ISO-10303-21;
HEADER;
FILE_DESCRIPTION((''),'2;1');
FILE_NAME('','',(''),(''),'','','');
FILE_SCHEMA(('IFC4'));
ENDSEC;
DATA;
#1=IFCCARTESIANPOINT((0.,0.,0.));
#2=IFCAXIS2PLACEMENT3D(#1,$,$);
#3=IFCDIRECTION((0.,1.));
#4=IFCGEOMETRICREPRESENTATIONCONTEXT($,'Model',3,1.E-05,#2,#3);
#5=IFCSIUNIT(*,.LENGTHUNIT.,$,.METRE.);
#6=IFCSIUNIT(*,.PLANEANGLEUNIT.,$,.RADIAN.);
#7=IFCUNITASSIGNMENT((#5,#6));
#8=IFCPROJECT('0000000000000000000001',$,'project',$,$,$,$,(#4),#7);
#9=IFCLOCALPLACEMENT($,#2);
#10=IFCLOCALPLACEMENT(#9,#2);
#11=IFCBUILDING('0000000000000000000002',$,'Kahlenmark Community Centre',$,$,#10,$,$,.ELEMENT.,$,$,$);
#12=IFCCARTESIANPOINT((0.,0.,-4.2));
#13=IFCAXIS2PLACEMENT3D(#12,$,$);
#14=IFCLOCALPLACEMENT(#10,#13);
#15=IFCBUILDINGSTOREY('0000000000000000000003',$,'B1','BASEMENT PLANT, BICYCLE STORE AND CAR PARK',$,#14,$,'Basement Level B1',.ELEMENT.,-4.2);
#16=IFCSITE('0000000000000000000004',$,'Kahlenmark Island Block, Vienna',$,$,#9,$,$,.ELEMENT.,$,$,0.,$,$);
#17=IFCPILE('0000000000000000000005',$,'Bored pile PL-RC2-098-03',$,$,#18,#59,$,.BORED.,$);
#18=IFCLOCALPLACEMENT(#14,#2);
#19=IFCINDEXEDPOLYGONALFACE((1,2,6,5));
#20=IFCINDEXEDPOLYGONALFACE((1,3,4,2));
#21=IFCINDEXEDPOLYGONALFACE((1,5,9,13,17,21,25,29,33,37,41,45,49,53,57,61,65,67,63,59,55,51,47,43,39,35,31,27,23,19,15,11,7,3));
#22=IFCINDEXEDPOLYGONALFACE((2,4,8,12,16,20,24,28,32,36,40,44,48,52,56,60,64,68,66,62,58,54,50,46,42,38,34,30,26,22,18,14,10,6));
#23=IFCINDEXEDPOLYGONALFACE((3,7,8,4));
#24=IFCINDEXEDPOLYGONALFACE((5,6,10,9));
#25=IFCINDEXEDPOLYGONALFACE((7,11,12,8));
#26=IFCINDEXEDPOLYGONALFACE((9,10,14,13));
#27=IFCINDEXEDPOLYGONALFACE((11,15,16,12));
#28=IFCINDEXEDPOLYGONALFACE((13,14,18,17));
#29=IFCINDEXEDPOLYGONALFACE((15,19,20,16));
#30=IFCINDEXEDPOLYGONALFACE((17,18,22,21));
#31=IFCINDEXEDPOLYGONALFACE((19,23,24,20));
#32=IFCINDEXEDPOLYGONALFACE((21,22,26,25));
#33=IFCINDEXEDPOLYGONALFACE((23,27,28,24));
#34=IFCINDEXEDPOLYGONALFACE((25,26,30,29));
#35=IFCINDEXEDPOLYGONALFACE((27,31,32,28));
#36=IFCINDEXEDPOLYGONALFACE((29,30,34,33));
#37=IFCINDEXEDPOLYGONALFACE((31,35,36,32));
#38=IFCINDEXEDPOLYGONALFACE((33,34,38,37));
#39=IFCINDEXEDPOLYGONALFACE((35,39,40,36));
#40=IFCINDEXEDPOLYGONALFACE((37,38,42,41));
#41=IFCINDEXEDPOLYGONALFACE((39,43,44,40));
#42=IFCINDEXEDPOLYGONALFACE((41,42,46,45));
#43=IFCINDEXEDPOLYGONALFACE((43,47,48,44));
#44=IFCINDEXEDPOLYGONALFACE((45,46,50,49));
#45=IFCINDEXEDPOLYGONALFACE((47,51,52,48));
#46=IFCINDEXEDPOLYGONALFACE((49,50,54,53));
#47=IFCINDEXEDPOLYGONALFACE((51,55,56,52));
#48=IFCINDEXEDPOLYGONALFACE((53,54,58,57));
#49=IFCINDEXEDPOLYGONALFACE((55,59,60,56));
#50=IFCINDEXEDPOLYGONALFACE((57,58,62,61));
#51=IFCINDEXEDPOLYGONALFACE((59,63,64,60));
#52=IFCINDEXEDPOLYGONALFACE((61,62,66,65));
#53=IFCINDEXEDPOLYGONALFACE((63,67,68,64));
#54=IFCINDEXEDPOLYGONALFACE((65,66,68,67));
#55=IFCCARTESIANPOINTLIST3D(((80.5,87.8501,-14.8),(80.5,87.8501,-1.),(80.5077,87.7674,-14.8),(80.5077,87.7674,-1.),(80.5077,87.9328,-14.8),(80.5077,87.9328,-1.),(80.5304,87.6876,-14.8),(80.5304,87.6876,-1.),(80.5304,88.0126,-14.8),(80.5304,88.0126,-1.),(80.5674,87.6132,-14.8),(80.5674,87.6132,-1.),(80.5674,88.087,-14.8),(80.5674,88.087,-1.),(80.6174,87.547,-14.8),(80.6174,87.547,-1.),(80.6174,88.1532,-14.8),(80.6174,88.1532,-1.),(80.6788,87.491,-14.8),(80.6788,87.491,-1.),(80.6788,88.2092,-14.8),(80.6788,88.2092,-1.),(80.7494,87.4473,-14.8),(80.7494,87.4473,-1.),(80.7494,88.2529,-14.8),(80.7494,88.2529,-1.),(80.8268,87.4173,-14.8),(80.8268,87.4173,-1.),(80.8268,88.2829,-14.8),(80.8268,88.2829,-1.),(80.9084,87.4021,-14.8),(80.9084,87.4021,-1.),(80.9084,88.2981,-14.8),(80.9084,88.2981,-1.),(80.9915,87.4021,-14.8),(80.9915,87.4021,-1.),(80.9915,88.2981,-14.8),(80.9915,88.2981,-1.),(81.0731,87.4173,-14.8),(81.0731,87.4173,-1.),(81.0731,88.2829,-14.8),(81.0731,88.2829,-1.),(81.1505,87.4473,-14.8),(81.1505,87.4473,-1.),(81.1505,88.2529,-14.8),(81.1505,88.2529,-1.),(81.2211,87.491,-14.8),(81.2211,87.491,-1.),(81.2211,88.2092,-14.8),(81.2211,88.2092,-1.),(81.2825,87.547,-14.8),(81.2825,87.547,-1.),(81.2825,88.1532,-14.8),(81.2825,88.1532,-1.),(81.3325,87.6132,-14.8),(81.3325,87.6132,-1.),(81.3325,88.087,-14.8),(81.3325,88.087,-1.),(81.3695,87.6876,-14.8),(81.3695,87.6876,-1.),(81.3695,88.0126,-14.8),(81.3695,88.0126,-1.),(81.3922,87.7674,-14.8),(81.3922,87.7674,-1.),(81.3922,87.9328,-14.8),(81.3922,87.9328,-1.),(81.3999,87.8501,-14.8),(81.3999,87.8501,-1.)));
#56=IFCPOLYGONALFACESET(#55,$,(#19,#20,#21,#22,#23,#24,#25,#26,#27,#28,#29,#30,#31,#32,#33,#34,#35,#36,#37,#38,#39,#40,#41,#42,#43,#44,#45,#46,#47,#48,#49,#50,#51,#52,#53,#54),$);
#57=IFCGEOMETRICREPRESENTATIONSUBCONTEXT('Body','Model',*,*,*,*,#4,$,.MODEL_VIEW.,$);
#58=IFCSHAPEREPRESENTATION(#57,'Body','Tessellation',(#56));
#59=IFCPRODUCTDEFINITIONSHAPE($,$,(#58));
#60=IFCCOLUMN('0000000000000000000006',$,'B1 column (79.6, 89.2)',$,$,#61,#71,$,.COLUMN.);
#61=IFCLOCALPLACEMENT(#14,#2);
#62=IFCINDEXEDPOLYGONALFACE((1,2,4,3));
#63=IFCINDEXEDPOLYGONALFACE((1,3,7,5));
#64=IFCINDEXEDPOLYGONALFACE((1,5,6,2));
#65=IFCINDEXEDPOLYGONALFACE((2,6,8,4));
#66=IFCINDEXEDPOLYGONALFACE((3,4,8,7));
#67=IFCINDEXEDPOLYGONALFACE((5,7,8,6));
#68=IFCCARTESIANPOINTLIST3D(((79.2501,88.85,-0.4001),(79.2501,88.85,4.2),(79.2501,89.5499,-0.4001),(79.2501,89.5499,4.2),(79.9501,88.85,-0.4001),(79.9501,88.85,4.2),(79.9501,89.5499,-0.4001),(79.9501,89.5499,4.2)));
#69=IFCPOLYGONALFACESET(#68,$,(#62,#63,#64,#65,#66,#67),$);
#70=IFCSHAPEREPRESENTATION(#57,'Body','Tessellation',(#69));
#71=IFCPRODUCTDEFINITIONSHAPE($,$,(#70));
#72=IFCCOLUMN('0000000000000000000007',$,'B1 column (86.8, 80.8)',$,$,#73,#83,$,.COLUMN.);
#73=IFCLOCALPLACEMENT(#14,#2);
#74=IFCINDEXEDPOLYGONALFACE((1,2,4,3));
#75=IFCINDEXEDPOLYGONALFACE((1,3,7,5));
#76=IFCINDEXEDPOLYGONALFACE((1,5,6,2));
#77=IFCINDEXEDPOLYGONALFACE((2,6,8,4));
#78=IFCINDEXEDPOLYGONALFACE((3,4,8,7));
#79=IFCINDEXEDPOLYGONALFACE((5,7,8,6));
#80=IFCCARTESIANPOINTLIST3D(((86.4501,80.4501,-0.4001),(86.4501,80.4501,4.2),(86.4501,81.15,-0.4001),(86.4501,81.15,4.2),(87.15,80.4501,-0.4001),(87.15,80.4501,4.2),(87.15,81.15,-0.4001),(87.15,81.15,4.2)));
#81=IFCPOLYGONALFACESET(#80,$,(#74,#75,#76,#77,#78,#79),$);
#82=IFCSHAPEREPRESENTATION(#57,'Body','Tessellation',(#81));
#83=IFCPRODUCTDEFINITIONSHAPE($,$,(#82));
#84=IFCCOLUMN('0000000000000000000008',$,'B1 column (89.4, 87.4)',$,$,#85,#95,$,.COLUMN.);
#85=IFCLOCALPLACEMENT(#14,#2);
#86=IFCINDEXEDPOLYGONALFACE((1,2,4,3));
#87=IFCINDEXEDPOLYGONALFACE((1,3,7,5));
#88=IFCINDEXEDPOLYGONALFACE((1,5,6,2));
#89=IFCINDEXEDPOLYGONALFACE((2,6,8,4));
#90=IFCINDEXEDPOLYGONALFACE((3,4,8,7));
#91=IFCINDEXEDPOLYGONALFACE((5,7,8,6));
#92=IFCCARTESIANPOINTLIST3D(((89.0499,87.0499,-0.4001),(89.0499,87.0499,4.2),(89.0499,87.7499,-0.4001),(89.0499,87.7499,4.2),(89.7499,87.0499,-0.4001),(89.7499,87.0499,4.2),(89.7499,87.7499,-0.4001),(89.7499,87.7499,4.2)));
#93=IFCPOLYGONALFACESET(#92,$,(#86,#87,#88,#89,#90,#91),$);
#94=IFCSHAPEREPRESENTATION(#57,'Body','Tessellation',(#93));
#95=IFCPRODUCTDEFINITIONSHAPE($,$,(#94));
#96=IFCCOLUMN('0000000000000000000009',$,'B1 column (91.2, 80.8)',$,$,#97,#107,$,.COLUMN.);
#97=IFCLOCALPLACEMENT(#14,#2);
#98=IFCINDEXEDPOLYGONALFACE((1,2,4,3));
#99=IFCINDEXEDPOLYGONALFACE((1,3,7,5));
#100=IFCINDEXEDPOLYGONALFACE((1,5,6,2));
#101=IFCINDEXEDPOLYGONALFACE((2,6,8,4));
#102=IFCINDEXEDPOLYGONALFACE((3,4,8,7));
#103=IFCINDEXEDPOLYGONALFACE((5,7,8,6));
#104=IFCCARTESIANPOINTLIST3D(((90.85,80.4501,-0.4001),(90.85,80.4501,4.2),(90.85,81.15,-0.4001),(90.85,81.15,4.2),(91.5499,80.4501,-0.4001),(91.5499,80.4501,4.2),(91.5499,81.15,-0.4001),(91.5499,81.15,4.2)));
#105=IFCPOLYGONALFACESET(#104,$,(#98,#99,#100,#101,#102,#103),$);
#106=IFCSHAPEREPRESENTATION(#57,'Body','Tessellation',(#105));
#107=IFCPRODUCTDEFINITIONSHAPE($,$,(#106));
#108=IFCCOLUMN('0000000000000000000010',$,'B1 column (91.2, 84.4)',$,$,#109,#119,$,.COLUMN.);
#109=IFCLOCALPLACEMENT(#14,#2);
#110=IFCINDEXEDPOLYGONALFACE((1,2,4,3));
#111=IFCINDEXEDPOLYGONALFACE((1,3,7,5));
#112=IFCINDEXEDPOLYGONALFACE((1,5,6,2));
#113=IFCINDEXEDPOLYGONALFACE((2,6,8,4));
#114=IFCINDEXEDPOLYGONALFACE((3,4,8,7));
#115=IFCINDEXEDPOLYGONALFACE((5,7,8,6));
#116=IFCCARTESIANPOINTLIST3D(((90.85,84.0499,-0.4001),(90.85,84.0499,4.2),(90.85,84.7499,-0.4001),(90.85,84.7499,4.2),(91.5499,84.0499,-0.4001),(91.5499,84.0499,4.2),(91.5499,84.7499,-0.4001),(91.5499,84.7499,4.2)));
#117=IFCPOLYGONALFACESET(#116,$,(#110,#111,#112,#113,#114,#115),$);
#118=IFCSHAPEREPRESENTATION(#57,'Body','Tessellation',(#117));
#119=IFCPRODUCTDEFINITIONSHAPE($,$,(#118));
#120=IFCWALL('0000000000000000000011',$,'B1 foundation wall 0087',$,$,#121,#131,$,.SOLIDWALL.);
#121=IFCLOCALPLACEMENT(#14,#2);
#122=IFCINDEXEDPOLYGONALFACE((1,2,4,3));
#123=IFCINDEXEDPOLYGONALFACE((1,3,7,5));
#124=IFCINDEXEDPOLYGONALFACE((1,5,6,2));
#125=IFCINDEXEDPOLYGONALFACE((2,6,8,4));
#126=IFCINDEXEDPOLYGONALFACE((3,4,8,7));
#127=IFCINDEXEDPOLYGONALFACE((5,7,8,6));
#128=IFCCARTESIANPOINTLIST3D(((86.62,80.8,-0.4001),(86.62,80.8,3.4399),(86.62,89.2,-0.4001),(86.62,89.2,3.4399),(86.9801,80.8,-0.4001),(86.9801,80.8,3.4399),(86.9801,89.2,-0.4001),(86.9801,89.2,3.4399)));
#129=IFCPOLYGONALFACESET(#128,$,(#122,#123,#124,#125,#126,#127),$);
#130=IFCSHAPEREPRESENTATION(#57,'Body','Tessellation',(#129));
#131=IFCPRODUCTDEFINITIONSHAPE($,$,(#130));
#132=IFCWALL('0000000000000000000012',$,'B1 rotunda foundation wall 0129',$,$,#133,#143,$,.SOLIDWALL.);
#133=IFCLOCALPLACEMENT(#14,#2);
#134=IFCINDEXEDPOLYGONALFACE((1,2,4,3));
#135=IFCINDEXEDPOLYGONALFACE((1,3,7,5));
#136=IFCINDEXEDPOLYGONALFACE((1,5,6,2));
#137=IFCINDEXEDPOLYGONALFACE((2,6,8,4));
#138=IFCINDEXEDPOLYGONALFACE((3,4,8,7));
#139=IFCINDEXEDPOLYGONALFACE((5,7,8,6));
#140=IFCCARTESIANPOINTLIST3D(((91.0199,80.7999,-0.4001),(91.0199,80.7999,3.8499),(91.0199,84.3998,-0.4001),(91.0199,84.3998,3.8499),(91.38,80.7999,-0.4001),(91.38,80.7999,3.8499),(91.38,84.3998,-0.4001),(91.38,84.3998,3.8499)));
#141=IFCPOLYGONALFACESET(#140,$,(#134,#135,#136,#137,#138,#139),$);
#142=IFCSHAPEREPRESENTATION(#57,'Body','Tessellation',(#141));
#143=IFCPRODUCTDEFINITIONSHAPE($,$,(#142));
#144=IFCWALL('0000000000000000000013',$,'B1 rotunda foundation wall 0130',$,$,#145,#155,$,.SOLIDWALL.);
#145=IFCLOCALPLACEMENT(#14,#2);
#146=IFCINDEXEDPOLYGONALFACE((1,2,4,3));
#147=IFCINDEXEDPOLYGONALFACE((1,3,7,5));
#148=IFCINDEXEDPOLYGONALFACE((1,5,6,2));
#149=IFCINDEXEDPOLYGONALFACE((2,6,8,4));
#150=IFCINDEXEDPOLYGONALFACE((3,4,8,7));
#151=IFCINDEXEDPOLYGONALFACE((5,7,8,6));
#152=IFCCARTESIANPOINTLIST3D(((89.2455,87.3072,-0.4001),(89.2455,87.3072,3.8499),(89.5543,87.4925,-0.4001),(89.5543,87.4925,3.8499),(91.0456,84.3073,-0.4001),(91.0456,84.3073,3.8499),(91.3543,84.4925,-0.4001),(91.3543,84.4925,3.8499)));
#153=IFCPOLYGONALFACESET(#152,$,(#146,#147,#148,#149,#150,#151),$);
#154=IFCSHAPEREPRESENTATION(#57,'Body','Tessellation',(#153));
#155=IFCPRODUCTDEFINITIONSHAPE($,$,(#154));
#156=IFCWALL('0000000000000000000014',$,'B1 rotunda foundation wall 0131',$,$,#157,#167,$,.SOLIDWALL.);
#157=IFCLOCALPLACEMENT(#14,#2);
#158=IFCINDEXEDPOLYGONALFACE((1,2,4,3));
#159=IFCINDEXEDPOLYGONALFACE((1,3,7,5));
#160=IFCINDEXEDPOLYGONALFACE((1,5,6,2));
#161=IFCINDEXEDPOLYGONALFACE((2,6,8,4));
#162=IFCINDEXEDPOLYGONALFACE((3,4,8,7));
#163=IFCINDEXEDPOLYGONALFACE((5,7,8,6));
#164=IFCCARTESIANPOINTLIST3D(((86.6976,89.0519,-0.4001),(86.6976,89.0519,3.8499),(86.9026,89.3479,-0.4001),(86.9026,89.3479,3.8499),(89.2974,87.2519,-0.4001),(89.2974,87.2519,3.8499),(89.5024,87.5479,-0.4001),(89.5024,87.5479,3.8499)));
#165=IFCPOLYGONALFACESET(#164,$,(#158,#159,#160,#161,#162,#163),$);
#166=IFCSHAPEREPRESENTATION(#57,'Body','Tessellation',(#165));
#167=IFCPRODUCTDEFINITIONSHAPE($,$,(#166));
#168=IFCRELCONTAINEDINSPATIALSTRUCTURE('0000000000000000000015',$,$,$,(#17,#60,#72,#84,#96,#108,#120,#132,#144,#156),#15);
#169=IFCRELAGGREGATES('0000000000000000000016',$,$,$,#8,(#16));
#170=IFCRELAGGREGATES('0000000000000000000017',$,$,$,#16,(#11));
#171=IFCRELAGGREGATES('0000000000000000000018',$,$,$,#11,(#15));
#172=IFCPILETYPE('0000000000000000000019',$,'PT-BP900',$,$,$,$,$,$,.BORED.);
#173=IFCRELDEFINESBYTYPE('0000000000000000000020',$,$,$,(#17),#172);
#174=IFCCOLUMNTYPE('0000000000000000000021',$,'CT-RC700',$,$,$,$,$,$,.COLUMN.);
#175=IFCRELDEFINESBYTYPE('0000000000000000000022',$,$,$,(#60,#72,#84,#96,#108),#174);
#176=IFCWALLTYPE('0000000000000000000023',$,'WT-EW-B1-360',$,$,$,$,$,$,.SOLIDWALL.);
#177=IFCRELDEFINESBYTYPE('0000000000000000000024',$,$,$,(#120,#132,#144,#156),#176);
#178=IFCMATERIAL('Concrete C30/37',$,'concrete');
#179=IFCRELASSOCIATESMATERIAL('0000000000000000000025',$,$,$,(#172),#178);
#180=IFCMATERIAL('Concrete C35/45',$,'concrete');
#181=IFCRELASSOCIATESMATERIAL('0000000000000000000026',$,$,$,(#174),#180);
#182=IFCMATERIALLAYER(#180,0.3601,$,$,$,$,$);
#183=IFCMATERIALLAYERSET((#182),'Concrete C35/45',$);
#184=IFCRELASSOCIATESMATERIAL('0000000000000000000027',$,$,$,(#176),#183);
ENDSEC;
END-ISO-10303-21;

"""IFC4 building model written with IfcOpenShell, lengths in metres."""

from ifc_helpers import new_model, si_unit, direction, frame, frame_2d, origin, origin_2d, place, context, subcontext, project, spatial, rectangle, circle, extrude, material, layer, layer_set, material_profile, profile_set, type_object, element, save


model = new_model("IFC4")

# Units and contexts
model_context = context("Model", 3, precision=1e-05, world=origin(), true_north=direction((0.0, 1.0)))
body_context = subcontext(model_context, "Body", "Model", "MODEL_VIEW")
ifc_project = project(units=[si_unit("LENGTHUNIT", "METRE"), si_unit("PLANEANGLEUNIT", "RADIAN")], contexts=[model_context])

# Site, building, storey
site_placement = place(None, origin())
site = spatial("IfcSite", under=ifc_project, at=site_placement, Name="Kahlenmark Island Block, Vienna", CompositionType="ELEMENT", RefElevation=0.0)
building_placement = place(site_placement, origin())
building = spatial("IfcBuilding", under=site, at=building_placement, Name="Kahlenmark Community Centre", CompositionType="ELEMENT")
storey_placement = place(building_placement, frame((0.0, 0.0, -4.2)))
storey = spatial("IfcBuildingStorey", under=building, at=storey_placement, Name="B1", Description="BASEMENT PLANT, BICYCLE STORE AND CAR PARK", LongName="Basement Level B1", CompositionType="ELEMENT", Elevation=-4.2)

# Shared definitions
ifc_material_1 = material(Name="Concrete C30/37", Category="concrete")

# Pile
ifc_material_profile_1 = material_profile(ifc_material_1, circle(Radius=0.45, at=origin_2d()), Name="BORED PILE 900")
ifc_profile_set_1 = profile_set([ifc_material_profile_1], Name="Concrete C30/37")
pile_type_1 = type_object("IfcPileType", Name="PT-BP900", PredefinedType="BORED", material=ifc_profile_set_1)
pile_1_placement = place(storey_placement, frame((80.95, 87.8501, -1.0), z_axis=(0.0, 0.0, -1.0), x_axis=(1.0, 0.0, 0.0)))
element("IfcPile", 1, at=pile_1_placement, inside=storey, type_object=pile_type_1, Name="Bored pile PL-RC2-098-03", PredefinedType="BORED", context=body_context, shape_type="SweptSolid", body=[
    extrude(circle(Radius=0.45, at=origin_2d()), origin(), (0.0, 0.0, 1.0), 13.8),
])

# Columns
ifc_material_2 = material(Name="Concrete C35/45", Category="concrete")
ifc_material_profile_2 = material_profile(ifc_material_2, rectangle(XDim=0.7, YDim=0.7, at=origin_2d()), Name="RC 700x700")
ifc_profile_set_2 = profile_set([ifc_material_profile_2], Name="Concrete C35/45")
column_type = type_object("IfcColumnType", Name="CT-RC700", PredefinedType="COLUMN", material=ifc_profile_set_2)
for number, where, z_axis, x_axis, name in (
    (2, (79.6001, 89.2, -0.4001), (0.0, 0.0, 1.0), (1.0, 0.0, 0.0), "B1 column (79.6, 89.2)"),
    (3, (86.8, 80.8, -0.4001), (0.0, 0.0, 1.0), (1.0, 0.0, 0.0), "B1 column (86.8, 80.8)"),
    (4, (89.3999, 87.3999, -0.4001), (0.0, 0.0, 1.0), (1.0, 0.0, 0.0), "B1 column (89.4, 87.4)"),
    (5, (91.2, 80.8, -0.4001), (0.0, 0.0, 1.0), (1.0, 0.0, 0.0), "B1 column (91.2, 80.8)"),
    (6, (91.2, 84.3999, -0.4001), (0.0, 0.0, 1.0), (1.0, 0.0, 0.0), "B1 column (91.2, 84.4)"),
):
    element("IfcColumn", number, at=place(storey_placement, frame(where, z_axis=z_axis, x_axis=x_axis)), inside=storey, type_object=column_type, Name=name, PredefinedType="COLUMN", context=body_context, shape_type="SweptSolid", body=[
        extrude(rectangle(XDim=0.7, YDim=0.7, at=origin_2d()), origin(), (0.0, 0.0, 1.0), 4.6001),
    ])

# Walls
ifc_layer = layer(ifc_material_2, 0.3601)
ifc_layer_set = layer_set([ifc_layer], Name="Concrete C35/45")
wall_type = type_object("IfcWallType", Name="WT-EW-B1-360", PredefinedType="SOLIDWALL", material=ifc_layer_set)
wall_1_placement = place(storey_placement, frame((86.8, 80.8, -0.4001), z_axis=(0.0, 0.0, 1.0), x_axis=(0.0, 1.0, 0.0)))
element("IfcWall", 7, at=wall_1_placement, inside=storey, type_object=wall_type, Name="B1 foundation wall 0087", PredefinedType="SOLIDWALL", context=body_context, shape_type="SweptSolid", body=[
    extrude(rectangle(XDim=8.3999, YDim=0.3601, at=frame_2d((4.2, 0.0))), origin(), (0.0, 0.0, 1.0), 3.8401),
])
wall_2_placement = place(storey_placement, frame((91.2, 80.8, -0.4001), z_axis=(0.0, 0.0, 1.0), x_axis=(0.0, 1.0, 0.0)))
element("IfcWall", 8, at=wall_2_placement, inside=storey, type_object=wall_type, Name="B1 rotunda foundation wall 0129", PredefinedType="SOLIDWALL", context=body_context, shape_type="SweptSolid", body=[
    extrude(rectangle(XDim=3.5999, YDim=0.3601, at=frame_2d((1.7998, 0.0))), origin(), (0.0, 0.0, 1.0), 4.25),
])
wall_3_placement = place(storey_placement, frame((91.2, 84.3999, -0.4001), z_axis=(0.0, 0.0, 1.0), x_axis=(-0.514506, 0.857487, 0.0)))
element("IfcWall", 9, at=wall_3_placement, inside=storey, type_object=wall_type, Name="B1 rotunda foundation wall 0130", PredefinedType="SOLIDWALL", context=body_context, shape_type="SweptSolid", body=[
    extrude(rectangle(XDim=3.4985, YDim=0.3601, at=frame_2d((1.7493, 0.0))), origin(), (0.0, 0.0, 1.0), 4.25),
])
wall_4_placement = place(storey_placement, frame((89.3999, 87.3999, -0.4001), z_axis=(0.0, 0.0, 1.0), x_axis=(-0.82217, 0.569242, 0.0)))
element("IfcWall", 10, at=wall_4_placement, inside=storey, type_object=wall_type, Name="B1 rotunda foundation wall 0131", PredefinedType="SOLIDWALL", context=body_context, shape_type="SweptSolid", body=[
    extrude(rectangle(XDim=3.1621, YDim=0.3601, at=frame_2d((1.5811, 0.0))), origin(), (0.0, 0.0, 1.0), 4.25),
])

save(model, "model.ifc")
